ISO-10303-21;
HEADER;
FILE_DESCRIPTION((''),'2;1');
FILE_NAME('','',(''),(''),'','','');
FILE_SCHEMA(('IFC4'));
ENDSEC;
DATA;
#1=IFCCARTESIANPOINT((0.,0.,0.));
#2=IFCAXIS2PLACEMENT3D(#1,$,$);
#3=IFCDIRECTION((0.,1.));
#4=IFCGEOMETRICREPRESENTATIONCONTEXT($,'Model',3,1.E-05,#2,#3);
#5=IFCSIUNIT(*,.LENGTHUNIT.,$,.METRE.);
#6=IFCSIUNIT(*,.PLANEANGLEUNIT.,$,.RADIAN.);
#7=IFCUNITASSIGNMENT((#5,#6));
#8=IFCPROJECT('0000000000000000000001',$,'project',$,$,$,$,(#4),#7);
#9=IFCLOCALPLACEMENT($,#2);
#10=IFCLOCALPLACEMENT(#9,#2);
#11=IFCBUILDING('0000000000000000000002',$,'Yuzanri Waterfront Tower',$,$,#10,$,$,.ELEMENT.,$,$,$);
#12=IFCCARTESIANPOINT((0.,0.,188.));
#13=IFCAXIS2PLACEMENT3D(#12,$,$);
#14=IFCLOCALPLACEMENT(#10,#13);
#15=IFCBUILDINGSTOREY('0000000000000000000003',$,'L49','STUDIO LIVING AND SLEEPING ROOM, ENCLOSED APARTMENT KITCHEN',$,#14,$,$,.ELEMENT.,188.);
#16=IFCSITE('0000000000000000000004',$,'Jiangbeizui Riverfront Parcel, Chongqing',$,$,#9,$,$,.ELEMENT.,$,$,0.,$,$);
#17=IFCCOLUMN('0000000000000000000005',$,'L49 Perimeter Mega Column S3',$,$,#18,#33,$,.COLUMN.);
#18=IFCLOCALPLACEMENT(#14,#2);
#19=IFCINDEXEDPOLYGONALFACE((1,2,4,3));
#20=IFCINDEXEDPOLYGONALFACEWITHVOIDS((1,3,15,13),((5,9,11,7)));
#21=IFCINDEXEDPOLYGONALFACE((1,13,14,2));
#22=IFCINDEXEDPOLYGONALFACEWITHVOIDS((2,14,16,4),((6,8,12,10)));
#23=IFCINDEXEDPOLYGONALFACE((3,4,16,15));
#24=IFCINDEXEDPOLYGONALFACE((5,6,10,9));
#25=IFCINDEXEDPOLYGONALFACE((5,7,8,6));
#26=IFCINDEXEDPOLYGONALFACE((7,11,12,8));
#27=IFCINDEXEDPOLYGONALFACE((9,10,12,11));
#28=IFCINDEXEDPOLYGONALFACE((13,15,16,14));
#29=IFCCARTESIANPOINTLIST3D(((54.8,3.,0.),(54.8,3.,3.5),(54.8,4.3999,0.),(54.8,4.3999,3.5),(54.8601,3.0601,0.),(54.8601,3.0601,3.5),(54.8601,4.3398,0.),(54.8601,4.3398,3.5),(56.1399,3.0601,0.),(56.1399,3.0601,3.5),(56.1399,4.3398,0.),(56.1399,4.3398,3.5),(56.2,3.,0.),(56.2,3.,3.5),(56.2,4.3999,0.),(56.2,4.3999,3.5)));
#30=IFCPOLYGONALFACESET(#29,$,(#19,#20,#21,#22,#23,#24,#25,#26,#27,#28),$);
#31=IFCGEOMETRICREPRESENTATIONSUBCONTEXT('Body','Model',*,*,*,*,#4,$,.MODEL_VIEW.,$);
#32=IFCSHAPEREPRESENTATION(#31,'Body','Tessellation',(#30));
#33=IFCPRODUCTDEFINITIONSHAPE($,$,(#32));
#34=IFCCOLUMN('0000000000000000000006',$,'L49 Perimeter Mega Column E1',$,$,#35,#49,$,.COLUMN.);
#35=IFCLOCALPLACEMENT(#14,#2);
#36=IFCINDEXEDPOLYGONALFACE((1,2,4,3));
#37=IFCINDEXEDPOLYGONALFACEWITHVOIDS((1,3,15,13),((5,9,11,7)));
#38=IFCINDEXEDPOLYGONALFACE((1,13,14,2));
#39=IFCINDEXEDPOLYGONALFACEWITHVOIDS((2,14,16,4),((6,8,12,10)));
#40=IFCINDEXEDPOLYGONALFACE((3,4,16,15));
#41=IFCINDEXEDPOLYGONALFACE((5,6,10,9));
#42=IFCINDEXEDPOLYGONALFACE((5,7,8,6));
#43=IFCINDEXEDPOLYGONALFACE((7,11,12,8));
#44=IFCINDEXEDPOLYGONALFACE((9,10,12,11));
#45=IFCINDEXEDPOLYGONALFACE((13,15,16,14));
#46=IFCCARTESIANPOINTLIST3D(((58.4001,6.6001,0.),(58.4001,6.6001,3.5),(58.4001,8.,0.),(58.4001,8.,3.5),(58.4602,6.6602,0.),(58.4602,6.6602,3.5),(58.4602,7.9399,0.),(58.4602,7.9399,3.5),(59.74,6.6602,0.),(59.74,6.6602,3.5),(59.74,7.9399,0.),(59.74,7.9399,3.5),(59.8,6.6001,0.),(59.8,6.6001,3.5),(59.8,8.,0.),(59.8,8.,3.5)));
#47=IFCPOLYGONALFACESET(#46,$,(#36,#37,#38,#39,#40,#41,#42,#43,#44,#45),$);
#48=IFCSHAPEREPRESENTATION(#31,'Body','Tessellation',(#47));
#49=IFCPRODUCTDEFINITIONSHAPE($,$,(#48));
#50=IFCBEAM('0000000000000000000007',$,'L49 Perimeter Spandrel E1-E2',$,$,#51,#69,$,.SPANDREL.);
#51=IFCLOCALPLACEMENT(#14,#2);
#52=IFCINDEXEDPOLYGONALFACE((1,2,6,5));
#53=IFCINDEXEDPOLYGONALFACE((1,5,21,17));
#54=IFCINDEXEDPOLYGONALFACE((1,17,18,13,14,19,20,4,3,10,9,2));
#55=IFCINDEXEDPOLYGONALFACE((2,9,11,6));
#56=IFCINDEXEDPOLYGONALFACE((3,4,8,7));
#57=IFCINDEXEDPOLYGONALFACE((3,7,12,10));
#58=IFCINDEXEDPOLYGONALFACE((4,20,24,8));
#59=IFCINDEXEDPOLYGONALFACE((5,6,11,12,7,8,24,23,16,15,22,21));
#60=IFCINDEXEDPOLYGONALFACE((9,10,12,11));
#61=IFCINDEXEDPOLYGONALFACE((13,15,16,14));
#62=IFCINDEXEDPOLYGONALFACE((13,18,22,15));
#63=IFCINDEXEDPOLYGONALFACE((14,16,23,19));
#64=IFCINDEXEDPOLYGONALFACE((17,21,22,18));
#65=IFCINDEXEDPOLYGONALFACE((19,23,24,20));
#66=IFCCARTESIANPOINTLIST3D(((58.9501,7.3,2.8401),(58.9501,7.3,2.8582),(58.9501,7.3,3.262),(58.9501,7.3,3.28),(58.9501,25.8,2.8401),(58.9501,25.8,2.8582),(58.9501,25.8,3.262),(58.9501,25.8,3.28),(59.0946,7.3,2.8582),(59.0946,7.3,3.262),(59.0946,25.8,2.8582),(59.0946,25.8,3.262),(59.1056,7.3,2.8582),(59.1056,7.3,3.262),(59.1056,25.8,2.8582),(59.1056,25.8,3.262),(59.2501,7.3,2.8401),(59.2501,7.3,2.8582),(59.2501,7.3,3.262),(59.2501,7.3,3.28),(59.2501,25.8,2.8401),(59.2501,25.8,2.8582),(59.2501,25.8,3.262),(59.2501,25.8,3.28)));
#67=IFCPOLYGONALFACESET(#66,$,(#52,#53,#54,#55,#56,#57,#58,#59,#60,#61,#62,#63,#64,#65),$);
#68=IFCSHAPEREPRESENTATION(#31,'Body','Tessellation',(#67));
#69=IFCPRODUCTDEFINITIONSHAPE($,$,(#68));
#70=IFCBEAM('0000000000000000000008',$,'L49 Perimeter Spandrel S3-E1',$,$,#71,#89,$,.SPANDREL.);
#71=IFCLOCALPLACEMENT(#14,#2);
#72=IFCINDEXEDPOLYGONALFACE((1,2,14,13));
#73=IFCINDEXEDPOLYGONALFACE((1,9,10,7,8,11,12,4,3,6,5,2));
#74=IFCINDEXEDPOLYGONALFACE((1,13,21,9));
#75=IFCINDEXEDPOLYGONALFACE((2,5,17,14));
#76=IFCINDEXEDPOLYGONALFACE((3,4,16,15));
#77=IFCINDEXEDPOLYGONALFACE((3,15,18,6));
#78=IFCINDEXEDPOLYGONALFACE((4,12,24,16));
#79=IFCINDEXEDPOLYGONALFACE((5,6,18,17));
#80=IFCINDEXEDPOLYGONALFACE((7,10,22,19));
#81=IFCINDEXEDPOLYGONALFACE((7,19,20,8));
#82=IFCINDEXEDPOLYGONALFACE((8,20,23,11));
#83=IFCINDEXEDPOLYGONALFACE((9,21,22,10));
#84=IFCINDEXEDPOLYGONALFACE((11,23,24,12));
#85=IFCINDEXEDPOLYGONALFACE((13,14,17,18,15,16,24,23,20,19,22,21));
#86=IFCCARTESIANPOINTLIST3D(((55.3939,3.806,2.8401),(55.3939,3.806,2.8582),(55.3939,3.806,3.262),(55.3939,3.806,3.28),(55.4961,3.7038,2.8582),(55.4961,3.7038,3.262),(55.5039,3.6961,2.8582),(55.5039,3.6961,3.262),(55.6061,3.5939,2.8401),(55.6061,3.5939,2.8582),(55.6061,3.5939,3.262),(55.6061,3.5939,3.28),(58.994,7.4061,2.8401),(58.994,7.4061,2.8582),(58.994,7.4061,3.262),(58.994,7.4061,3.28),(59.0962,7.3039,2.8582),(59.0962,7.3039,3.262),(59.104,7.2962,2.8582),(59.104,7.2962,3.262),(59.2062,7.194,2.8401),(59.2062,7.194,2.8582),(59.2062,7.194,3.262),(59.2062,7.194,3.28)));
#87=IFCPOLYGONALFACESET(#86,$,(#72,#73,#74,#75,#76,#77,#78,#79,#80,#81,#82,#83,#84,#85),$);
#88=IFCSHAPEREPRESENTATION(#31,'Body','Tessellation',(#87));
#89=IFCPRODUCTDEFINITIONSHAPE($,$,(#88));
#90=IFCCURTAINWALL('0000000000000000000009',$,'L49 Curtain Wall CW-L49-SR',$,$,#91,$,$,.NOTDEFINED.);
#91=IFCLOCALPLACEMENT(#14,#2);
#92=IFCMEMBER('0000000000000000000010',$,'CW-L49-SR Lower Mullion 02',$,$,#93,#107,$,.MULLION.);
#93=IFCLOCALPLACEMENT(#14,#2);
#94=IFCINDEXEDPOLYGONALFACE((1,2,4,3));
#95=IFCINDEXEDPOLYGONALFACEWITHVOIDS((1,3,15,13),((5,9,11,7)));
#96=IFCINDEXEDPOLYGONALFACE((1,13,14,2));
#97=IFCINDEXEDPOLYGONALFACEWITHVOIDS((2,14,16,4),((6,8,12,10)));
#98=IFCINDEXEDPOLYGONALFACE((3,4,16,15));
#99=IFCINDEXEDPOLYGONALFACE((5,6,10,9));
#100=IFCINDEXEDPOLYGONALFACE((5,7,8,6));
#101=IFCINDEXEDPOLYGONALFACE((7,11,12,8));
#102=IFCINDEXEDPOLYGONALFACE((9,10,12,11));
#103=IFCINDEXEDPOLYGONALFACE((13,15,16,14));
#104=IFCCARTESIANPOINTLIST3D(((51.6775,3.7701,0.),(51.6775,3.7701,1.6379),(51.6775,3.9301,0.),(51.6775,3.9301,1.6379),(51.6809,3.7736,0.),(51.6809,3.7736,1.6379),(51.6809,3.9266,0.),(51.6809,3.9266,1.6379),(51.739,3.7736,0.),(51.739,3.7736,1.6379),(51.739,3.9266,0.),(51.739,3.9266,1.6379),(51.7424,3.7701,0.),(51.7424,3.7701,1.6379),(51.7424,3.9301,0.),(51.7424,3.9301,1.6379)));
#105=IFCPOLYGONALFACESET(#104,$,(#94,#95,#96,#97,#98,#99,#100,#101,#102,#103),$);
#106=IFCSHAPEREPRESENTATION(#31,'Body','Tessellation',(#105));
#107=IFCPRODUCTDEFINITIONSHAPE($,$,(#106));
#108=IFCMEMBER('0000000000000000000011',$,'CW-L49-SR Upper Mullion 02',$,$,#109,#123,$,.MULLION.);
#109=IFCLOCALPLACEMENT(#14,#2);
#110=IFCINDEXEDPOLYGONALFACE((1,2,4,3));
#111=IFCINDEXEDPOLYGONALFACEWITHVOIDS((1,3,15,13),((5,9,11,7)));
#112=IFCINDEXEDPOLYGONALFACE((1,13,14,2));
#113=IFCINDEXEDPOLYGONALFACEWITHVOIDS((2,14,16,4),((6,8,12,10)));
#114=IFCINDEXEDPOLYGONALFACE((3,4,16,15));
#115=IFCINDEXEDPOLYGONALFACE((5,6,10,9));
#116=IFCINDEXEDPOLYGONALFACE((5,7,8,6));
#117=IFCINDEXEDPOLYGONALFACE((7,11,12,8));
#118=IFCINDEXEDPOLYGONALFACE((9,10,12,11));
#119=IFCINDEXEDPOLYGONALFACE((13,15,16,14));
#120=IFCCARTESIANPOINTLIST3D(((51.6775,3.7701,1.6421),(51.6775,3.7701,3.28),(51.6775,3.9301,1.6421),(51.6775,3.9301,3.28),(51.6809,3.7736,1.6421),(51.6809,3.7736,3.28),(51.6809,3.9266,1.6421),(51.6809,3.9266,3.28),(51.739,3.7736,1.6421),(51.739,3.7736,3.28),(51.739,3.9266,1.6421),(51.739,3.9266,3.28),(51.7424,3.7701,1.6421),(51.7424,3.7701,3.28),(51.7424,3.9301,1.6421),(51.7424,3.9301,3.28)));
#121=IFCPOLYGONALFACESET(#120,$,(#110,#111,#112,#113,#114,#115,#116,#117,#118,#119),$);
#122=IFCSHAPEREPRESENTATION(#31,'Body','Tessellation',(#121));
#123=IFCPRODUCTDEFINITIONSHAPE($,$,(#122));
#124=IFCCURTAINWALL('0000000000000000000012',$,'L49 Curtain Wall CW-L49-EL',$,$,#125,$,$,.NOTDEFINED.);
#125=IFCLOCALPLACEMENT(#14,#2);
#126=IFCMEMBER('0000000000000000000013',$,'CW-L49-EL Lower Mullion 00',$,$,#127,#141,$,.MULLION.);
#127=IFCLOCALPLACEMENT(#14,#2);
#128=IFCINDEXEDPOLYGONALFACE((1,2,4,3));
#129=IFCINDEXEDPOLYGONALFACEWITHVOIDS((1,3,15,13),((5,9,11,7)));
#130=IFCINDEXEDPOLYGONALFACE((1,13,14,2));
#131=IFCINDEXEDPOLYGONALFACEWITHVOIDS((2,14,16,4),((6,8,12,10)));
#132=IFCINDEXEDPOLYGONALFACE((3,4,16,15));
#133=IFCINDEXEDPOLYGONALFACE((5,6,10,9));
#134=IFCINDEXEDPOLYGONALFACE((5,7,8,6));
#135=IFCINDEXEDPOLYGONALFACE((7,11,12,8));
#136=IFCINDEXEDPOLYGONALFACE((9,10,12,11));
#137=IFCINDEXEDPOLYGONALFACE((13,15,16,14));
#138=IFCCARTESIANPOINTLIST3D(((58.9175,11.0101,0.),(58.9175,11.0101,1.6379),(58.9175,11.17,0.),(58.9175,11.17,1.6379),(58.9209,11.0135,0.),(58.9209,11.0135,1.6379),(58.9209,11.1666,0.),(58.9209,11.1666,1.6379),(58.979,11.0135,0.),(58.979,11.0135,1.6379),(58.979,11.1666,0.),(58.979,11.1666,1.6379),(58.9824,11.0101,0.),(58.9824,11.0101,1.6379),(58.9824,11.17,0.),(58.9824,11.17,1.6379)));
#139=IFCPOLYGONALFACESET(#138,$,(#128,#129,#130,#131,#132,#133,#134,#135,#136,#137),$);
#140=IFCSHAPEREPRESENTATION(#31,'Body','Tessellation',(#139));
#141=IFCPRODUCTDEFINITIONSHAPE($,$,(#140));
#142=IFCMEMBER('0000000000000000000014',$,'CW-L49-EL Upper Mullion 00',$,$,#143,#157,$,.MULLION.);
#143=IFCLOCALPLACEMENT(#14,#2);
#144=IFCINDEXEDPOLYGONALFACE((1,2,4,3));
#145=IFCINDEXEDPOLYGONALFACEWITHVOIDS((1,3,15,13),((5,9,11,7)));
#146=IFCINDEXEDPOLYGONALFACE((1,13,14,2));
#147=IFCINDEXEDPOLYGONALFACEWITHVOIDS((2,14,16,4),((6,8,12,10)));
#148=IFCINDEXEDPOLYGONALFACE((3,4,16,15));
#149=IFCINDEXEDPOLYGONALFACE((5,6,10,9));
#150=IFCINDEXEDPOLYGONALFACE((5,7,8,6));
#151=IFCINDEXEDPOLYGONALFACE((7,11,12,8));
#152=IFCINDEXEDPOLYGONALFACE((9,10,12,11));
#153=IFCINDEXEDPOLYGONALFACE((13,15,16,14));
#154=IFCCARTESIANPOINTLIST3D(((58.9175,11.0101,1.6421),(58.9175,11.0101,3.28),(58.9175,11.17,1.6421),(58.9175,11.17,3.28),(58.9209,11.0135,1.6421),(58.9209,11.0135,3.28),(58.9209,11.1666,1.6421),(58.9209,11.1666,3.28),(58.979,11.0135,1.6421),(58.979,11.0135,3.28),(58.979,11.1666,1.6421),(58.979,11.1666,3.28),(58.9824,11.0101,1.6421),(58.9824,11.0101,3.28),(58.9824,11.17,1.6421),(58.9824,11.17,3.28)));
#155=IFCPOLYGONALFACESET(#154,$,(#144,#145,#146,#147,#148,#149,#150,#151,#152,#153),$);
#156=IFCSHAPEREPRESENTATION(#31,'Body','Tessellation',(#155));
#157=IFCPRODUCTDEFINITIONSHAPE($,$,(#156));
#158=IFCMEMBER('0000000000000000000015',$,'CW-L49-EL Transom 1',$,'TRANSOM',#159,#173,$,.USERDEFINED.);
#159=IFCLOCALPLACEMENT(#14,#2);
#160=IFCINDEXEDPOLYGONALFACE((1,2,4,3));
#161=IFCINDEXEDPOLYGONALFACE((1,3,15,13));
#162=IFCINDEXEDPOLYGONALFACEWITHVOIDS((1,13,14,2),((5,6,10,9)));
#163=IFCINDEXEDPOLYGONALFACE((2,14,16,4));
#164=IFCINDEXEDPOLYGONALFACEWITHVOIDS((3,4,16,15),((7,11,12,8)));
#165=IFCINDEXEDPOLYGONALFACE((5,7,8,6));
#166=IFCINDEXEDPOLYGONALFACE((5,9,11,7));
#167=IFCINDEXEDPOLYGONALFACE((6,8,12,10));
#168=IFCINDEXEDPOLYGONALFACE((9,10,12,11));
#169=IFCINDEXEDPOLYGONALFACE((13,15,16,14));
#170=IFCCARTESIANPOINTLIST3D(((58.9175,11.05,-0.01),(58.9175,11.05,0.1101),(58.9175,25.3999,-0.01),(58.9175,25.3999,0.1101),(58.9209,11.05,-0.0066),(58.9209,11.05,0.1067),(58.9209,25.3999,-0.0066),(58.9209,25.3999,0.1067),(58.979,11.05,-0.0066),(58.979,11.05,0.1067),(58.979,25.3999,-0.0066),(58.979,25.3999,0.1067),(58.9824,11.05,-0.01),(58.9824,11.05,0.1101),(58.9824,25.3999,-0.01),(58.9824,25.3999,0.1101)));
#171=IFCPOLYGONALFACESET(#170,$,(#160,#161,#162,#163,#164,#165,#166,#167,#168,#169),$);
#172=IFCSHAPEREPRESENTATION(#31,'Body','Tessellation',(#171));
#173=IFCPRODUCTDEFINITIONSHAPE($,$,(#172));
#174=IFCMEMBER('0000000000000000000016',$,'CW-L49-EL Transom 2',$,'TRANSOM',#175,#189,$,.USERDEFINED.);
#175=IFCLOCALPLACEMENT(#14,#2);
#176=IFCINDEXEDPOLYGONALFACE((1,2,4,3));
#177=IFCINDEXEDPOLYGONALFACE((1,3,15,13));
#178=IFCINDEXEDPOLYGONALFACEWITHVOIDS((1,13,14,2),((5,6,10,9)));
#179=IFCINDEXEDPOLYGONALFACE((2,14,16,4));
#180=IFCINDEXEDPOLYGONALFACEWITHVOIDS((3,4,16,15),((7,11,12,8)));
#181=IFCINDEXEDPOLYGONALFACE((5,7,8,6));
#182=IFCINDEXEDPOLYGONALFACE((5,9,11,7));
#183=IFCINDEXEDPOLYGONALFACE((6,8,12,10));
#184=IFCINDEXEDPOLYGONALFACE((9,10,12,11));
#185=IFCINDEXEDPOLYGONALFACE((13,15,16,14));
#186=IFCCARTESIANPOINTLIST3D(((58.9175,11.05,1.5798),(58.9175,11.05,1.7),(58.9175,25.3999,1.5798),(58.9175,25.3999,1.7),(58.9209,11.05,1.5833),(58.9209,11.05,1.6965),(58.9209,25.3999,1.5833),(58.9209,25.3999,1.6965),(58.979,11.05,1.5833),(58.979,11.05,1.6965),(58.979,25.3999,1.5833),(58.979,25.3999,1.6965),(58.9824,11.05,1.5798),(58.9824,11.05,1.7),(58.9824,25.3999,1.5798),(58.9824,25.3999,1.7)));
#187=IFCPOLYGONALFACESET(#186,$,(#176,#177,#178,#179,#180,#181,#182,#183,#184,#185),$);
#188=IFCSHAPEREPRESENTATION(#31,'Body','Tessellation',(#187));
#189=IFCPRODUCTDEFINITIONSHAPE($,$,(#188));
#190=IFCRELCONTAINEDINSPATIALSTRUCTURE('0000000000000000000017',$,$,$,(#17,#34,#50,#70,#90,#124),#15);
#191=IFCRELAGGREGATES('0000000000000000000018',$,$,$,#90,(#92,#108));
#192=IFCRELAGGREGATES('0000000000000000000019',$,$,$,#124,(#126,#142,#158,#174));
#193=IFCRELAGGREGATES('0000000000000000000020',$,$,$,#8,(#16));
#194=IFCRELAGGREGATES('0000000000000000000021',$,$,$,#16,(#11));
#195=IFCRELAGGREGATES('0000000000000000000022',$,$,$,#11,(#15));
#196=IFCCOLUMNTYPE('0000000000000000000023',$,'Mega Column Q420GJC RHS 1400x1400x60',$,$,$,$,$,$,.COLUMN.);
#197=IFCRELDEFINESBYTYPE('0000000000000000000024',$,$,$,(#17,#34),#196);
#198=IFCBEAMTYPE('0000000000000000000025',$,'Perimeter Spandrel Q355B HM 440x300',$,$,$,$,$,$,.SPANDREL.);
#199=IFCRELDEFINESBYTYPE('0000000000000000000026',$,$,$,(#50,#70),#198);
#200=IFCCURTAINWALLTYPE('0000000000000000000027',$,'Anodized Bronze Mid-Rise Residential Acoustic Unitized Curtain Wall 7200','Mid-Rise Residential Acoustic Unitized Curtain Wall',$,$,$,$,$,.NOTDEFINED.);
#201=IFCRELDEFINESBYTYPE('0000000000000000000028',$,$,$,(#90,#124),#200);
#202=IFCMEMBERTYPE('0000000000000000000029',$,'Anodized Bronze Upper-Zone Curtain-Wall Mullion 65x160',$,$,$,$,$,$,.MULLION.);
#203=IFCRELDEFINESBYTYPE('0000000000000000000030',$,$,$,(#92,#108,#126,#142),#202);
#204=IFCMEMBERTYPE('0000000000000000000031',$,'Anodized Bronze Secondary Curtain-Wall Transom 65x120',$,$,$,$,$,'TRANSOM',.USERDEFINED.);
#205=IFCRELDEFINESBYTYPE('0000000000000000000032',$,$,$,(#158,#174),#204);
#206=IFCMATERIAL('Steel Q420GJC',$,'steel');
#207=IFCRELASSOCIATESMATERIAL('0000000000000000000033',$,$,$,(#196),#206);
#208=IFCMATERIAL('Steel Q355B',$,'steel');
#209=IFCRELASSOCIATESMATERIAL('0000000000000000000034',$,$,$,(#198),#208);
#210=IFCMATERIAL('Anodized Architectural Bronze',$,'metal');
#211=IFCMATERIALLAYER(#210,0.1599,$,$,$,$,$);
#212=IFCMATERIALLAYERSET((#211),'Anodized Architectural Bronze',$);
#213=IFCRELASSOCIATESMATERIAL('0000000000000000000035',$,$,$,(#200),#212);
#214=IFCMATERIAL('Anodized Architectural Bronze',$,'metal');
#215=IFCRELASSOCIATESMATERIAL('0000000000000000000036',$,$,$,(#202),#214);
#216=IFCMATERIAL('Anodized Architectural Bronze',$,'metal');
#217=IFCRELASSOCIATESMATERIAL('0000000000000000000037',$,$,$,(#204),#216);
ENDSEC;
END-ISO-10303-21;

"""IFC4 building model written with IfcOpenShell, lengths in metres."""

from ifc_helpers import new_model, si_unit, direction, frame, origin, origin_2d, place, context, subcontext, project, spatial, hollow_rectangle, i_section, extrude, source, transform, mapped, material, layer, layer_set, material_profile, profile_set, type_object, element, aggregate, save


model = new_model("IFC4")

# Units and contexts
model_context = context("Model", 3, precision=1e-05, world=origin(), true_north=direction((0.0, 1.0)))
body_context = subcontext(model_context, "Body", "Model", "MODEL_VIEW")
ifc_project = project(units=[si_unit("LENGTHUNIT", "METRE"), si_unit("PLANEANGLEUNIT", "RADIAN")], contexts=[model_context])

# Site, building, storey
site_placement = place(None, origin())
site = spatial("IfcSite", under=ifc_project, at=site_placement, Name="Jiangbeizui Riverfront Parcel, Chongqing", CompositionType="ELEMENT", RefElevation=0.0)
building_placement = place(site_placement, origin())
building = spatial("IfcBuilding", under=site, at=building_placement, Name="Yuzanri Waterfront Tower", CompositionType="ELEMENT")
storey_placement = place(building_placement, frame((0.0, 0.0, 188.0)))
storey = spatial("IfcBuildingStorey", under=building, at=storey_placement, Name="L49", Description="STUDIO LIVING AND SLEEPING ROOM, ENCLOSED APARTMENT KITCHEN", CompositionType="ELEMENT", Elevation=188.0)

# Columns
ifc_material_1 = material(Name="Steel Q420GJC", Category="steel")
ifc_material_profile_1 = material_profile(ifc_material_1, hollow_rectangle(XDim=1.3999, YDim=1.3999, WallThickness=0.0601, at=origin_2d()), Name="RHS 1400x1400x60")
ifc_profile_set_1 = profile_set([ifc_material_profile_1], Name="Steel Q420GJC")
column_type = type_object("IfcColumnType", Name="Mega Column Q420GJC RHS 1400x1400x60", PredefinedType="COLUMN", material=ifc_profile_set_1)
shared_shape_1 = source(origin(), body_context, "Body", "SweptSolid", [
    extrude(hollow_rectangle(XDim=1.3999, YDim=1.3999, WallThickness=0.0601, at=origin_2d()), origin(), (0.0, 0.0, 1.0), 3.5),
])
for number, where, z_axis, x_axis, name in (
    (1, (55.5, 3.7, 0.0), (0.0, 0.0, 1.0), (1.0, 0.0, 0.0), "L49 Perimeter Mega Column S3"),
    (2, (59.1001, 7.3, 0.0), (0.0, 0.0, 1.0), (1.0, 0.0, 0.0), "L49 Perimeter Mega Column E1"),
):
    element("IfcColumn", number, at=place(storey_placement, frame(where, z_axis=z_axis, x_axis=x_axis)), inside=storey, type_object=column_type, Name=name, PredefinedType="COLUMN", context=body_context, shape_type="MappedRepresentation", body=[
        mapped(shared_shape_1, transform((0.0, 0.0, 0.0), scale=1.0)),
    ])

# Beams
ifc_material_2 = material(Name="Steel Q355B", Category="steel")
ifc_material_profile_2 = material_profile(ifc_material_2, i_section(OverallWidth=0.3, OverallDepth=0.4399, WebThickness=0.011, FlangeThickness=0.0181, at=origin_2d()), Name="HM 440x300x11x18")
ifc_profile_set_2 = profile_set([ifc_material_profile_2], Name="Steel Q355B")
beam_type = type_object("IfcBeamType", Name="Perimeter Spandrel Q355B HM 440x300", PredefinedType="SPANDREL", material=ifc_profile_set_2)
shared_shape_2 = source(origin(), body_context, "Body", "SweptSolid", [
    extrude(i_section(OverallWidth=0.3, OverallDepth=0.4399, WebThickness=0.011, FlangeThickness=0.0181, at=origin_2d()), origin(), (0.0, 0.0, 1.0), 18.5),
])
beam_1_placement = place(storey_placement, frame((59.1001, 7.3, 3.0601), z_axis=(0.0, 1.0, 0.0), x_axis=(-1.0, 0.0, 0.0)))
element("IfcBeam", 3, at=beam_1_placement, inside=storey, type_object=beam_type, Name="L49 Perimeter Spandrel E1-E2", PredefinedType="SPANDREL", context=body_context, shape_type="MappedRepresentation", body=[
    mapped(shared_shape_2, transform((0.0, 0.0, 0.0), scale=1.0)),
])
shared_shape_3 = source(origin(), body_context, "Body", "SweptSolid", [
    extrude(i_section(OverallWidth=0.3, OverallDepth=0.4399, WebThickness=0.011, FlangeThickness=0.0181, at=origin_2d()), origin(), (0.0, 0.0, 1.0), 5.0913),
])
beam_2_placement = place(storey_placement, frame((55.5, 3.7, 3.0601), z_axis=(0.707107, 0.707107, 0.0), x_axis=(-0.707107, 0.707107, 0.0)))
element("IfcBeam", 4, at=beam_2_placement, inside=storey, type_object=beam_type, Name="L49 Perimeter Spandrel S3-E1", PredefinedType="SPANDREL", context=body_context, shape_type="MappedRepresentation", body=[
    mapped(shared_shape_3, transform((0.0, 0.0, 0.0), scale=1.0)),
])

# Curtain walls, members
ifc_material_3 = material(Name="Anodized Architectural Bronze", Category="metal")
ifc_layer_1 = layer(ifc_material_3, 0.1599)
ifc_layer_set_1 = layer_set([ifc_layer_1], Name="Anodized Architectural Bronze")
curtain_wall_type = type_object("IfcCurtainWallType", Name="Anodized Bronze Mid-Rise Residential Acoustic Unitized Curtain Wall 7200", Description="Mid-Rise Residential Acoustic Unitized Curtain Wall", PredefinedType="NOTDEFINED", material=ifc_layer_set_1)
curtain_wall_1_placement = place(storey_placement, origin())
curtain_wall_1 = element("IfcCurtainWall", 5, at=curtain_wall_1_placement, inside=storey, type_object=curtain_wall_type, Name="L49 Curtain Wall CW-L49-SR", PredefinedType="NOTDEFINED")
ifc_material_4 = material(Name="Anodized Architectural Bronze", Category="metal")
ifc_material_profile_3 = material_profile(ifc_material_4, hollow_rectangle(XDim=0.0649, YDim=0.1599, WallThickness=0.0034, at=origin_2d()), Name="CWM 65x160")
ifc_profile_set_3 = profile_set([ifc_material_profile_3], Name="Anodized Architectural Bronze")
member_type_1 = type_object("IfcMemberType", Name="Anodized Bronze Upper-Zone Curtain-Wall Mullion 65x160", PredefinedType="MULLION", material=ifc_profile_set_3)
shared_shape_4 = source(origin(), body_context, "Body", "SweptSolid", [
    extrude(hollow_rectangle(XDim=0.0649, YDim=0.1599, WallThickness=0.0034, at=origin_2d()), origin(), (0.0, 0.0, 1.0), 1.6379),
])
member_1_placement = place(storey_placement, frame((51.71, 3.8501, 0.0), z_axis=(0.0, 0.0, 1.0), x_axis=(1.0, 0.0, 0.0)))
member_1 = element("IfcMember", 6, at=member_1_placement, type_object=member_type_1, Name="CW-L49-SR Lower Mullion 02", PredefinedType="MULLION", context=body_context, shape_type="MappedRepresentation", body=[
    mapped(shared_shape_4, transform((0.0, 0.0, 0.0), scale=1.0)),
])
member_2_placement = place(storey_placement, frame((51.71, 3.8501, 1.6421), z_axis=(0.0, 0.0, 1.0), x_axis=(1.0, 0.0, 0.0)))
member_2 = element("IfcMember", 7, at=member_2_placement, type_object=member_type_1, Name="CW-L49-SR Upper Mullion 02", PredefinedType="MULLION", context=body_context, shape_type="MappedRepresentation", body=[
    mapped(shared_shape_4, transform((0.0, 0.0, 0.0), scale=1.0)),
])
aggregate(curtain_wall_1, [member_1, member_2])
curtain_wall_2_placement = place(storey_placement, origin())
curtain_wall_2 = element("IfcCurtainWall", 8, at=curtain_wall_2_placement, inside=storey, type_object=curtain_wall_type, Name="L49 Curtain Wall CW-L49-EL", PredefinedType="NOTDEFINED")
member_3_placement = place(storey_placement, frame((58.95, 11.0901, 0.0), z_axis=(0.0, 0.0, 1.0), x_axis=(1.0, 0.0, 0.0)))
member_3 = element("IfcMember", 9, at=member_3_placement, type_object=member_type_1, Name="CW-L49-EL Lower Mullion 00", PredefinedType="MULLION", context=body_context, shape_type="MappedRepresentation", body=[
    mapped(shared_shape_4, transform((0.0, 0.0, 0.0), scale=1.0)),
])
member_4_placement = place(storey_placement, frame((58.95, 11.0901, 1.6421), z_axis=(0.0, 0.0, 1.0), x_axis=(1.0, 0.0, 0.0)))
member_4 = element("IfcMember", 10, at=member_4_placement, type_object=member_type_1, Name="CW-L49-EL Upper Mullion 00", PredefinedType="MULLION", context=body_context, shape_type="MappedRepresentation", body=[
    mapped(shared_shape_4, transform((0.0, 0.0, 0.0), scale=1.0)),
])
ifc_material_5 = material(Name="Anodized Architectural Bronze", Category="metal")
ifc_material_profile_4 = material_profile(ifc_material_5, hollow_rectangle(XDim=0.0649, YDim=0.1201, WallThickness=0.0034, at=origin_2d()), Name="CWT 65x120")
ifc_profile_set_4 = profile_set([ifc_material_profile_4], Name="Anodized Architectural Bronze")
member_type_2 = type_object("IfcMemberType", Name="Anodized Bronze Secondary Curtain-Wall Transom 65x120", ElementType="TRANSOM", PredefinedType="USERDEFINED", material=ifc_profile_set_4)
shared_shape_5 = source(origin(), body_context, "Body", "SweptSolid", [
    extrude(hollow_rectangle(XDim=0.0649, YDim=0.1201, WallThickness=0.0034, at=origin_2d()), origin(), (0.0, 0.0, 1.0), 14.3499),
])
member_5_placement = place(storey_placement, frame((58.95, 11.05, 0.05), z_axis=(0.0, 1.0, 0.0), x_axis=(-1.0, 0.0, 0.0)))
member_5 = element("IfcMember", 11, at=member_5_placement, type_object=member_type_2, Name="CW-L49-EL Transom 1", ObjectType="TRANSOM", PredefinedType="USERDEFINED", context=body_context, shape_type="MappedRepresentation", body=[
    mapped(shared_shape_5, transform((0.0, 0.0, 0.0), scale=1.0)),
])
member_6_placement = place(storey_placement, frame((58.95, 11.05, 1.6399), z_axis=(0.0, 1.0, 0.0), x_axis=(-1.0, 0.0, 0.0)))
member_6 = element("IfcMember", 12, at=member_6_placement, type_object=member_type_2, Name="CW-L49-EL Transom 2", ObjectType="TRANSOM", PredefinedType="USERDEFINED", context=body_context, shape_type="MappedRepresentation", body=[
    mapped(shared_shape_5, transform((0.0, 0.0, 0.0), scale=1.0)),
])
aggregate(curtain_wall_2, [member_3, member_4, member_5, member_6])

save(model, "model.ifc")
